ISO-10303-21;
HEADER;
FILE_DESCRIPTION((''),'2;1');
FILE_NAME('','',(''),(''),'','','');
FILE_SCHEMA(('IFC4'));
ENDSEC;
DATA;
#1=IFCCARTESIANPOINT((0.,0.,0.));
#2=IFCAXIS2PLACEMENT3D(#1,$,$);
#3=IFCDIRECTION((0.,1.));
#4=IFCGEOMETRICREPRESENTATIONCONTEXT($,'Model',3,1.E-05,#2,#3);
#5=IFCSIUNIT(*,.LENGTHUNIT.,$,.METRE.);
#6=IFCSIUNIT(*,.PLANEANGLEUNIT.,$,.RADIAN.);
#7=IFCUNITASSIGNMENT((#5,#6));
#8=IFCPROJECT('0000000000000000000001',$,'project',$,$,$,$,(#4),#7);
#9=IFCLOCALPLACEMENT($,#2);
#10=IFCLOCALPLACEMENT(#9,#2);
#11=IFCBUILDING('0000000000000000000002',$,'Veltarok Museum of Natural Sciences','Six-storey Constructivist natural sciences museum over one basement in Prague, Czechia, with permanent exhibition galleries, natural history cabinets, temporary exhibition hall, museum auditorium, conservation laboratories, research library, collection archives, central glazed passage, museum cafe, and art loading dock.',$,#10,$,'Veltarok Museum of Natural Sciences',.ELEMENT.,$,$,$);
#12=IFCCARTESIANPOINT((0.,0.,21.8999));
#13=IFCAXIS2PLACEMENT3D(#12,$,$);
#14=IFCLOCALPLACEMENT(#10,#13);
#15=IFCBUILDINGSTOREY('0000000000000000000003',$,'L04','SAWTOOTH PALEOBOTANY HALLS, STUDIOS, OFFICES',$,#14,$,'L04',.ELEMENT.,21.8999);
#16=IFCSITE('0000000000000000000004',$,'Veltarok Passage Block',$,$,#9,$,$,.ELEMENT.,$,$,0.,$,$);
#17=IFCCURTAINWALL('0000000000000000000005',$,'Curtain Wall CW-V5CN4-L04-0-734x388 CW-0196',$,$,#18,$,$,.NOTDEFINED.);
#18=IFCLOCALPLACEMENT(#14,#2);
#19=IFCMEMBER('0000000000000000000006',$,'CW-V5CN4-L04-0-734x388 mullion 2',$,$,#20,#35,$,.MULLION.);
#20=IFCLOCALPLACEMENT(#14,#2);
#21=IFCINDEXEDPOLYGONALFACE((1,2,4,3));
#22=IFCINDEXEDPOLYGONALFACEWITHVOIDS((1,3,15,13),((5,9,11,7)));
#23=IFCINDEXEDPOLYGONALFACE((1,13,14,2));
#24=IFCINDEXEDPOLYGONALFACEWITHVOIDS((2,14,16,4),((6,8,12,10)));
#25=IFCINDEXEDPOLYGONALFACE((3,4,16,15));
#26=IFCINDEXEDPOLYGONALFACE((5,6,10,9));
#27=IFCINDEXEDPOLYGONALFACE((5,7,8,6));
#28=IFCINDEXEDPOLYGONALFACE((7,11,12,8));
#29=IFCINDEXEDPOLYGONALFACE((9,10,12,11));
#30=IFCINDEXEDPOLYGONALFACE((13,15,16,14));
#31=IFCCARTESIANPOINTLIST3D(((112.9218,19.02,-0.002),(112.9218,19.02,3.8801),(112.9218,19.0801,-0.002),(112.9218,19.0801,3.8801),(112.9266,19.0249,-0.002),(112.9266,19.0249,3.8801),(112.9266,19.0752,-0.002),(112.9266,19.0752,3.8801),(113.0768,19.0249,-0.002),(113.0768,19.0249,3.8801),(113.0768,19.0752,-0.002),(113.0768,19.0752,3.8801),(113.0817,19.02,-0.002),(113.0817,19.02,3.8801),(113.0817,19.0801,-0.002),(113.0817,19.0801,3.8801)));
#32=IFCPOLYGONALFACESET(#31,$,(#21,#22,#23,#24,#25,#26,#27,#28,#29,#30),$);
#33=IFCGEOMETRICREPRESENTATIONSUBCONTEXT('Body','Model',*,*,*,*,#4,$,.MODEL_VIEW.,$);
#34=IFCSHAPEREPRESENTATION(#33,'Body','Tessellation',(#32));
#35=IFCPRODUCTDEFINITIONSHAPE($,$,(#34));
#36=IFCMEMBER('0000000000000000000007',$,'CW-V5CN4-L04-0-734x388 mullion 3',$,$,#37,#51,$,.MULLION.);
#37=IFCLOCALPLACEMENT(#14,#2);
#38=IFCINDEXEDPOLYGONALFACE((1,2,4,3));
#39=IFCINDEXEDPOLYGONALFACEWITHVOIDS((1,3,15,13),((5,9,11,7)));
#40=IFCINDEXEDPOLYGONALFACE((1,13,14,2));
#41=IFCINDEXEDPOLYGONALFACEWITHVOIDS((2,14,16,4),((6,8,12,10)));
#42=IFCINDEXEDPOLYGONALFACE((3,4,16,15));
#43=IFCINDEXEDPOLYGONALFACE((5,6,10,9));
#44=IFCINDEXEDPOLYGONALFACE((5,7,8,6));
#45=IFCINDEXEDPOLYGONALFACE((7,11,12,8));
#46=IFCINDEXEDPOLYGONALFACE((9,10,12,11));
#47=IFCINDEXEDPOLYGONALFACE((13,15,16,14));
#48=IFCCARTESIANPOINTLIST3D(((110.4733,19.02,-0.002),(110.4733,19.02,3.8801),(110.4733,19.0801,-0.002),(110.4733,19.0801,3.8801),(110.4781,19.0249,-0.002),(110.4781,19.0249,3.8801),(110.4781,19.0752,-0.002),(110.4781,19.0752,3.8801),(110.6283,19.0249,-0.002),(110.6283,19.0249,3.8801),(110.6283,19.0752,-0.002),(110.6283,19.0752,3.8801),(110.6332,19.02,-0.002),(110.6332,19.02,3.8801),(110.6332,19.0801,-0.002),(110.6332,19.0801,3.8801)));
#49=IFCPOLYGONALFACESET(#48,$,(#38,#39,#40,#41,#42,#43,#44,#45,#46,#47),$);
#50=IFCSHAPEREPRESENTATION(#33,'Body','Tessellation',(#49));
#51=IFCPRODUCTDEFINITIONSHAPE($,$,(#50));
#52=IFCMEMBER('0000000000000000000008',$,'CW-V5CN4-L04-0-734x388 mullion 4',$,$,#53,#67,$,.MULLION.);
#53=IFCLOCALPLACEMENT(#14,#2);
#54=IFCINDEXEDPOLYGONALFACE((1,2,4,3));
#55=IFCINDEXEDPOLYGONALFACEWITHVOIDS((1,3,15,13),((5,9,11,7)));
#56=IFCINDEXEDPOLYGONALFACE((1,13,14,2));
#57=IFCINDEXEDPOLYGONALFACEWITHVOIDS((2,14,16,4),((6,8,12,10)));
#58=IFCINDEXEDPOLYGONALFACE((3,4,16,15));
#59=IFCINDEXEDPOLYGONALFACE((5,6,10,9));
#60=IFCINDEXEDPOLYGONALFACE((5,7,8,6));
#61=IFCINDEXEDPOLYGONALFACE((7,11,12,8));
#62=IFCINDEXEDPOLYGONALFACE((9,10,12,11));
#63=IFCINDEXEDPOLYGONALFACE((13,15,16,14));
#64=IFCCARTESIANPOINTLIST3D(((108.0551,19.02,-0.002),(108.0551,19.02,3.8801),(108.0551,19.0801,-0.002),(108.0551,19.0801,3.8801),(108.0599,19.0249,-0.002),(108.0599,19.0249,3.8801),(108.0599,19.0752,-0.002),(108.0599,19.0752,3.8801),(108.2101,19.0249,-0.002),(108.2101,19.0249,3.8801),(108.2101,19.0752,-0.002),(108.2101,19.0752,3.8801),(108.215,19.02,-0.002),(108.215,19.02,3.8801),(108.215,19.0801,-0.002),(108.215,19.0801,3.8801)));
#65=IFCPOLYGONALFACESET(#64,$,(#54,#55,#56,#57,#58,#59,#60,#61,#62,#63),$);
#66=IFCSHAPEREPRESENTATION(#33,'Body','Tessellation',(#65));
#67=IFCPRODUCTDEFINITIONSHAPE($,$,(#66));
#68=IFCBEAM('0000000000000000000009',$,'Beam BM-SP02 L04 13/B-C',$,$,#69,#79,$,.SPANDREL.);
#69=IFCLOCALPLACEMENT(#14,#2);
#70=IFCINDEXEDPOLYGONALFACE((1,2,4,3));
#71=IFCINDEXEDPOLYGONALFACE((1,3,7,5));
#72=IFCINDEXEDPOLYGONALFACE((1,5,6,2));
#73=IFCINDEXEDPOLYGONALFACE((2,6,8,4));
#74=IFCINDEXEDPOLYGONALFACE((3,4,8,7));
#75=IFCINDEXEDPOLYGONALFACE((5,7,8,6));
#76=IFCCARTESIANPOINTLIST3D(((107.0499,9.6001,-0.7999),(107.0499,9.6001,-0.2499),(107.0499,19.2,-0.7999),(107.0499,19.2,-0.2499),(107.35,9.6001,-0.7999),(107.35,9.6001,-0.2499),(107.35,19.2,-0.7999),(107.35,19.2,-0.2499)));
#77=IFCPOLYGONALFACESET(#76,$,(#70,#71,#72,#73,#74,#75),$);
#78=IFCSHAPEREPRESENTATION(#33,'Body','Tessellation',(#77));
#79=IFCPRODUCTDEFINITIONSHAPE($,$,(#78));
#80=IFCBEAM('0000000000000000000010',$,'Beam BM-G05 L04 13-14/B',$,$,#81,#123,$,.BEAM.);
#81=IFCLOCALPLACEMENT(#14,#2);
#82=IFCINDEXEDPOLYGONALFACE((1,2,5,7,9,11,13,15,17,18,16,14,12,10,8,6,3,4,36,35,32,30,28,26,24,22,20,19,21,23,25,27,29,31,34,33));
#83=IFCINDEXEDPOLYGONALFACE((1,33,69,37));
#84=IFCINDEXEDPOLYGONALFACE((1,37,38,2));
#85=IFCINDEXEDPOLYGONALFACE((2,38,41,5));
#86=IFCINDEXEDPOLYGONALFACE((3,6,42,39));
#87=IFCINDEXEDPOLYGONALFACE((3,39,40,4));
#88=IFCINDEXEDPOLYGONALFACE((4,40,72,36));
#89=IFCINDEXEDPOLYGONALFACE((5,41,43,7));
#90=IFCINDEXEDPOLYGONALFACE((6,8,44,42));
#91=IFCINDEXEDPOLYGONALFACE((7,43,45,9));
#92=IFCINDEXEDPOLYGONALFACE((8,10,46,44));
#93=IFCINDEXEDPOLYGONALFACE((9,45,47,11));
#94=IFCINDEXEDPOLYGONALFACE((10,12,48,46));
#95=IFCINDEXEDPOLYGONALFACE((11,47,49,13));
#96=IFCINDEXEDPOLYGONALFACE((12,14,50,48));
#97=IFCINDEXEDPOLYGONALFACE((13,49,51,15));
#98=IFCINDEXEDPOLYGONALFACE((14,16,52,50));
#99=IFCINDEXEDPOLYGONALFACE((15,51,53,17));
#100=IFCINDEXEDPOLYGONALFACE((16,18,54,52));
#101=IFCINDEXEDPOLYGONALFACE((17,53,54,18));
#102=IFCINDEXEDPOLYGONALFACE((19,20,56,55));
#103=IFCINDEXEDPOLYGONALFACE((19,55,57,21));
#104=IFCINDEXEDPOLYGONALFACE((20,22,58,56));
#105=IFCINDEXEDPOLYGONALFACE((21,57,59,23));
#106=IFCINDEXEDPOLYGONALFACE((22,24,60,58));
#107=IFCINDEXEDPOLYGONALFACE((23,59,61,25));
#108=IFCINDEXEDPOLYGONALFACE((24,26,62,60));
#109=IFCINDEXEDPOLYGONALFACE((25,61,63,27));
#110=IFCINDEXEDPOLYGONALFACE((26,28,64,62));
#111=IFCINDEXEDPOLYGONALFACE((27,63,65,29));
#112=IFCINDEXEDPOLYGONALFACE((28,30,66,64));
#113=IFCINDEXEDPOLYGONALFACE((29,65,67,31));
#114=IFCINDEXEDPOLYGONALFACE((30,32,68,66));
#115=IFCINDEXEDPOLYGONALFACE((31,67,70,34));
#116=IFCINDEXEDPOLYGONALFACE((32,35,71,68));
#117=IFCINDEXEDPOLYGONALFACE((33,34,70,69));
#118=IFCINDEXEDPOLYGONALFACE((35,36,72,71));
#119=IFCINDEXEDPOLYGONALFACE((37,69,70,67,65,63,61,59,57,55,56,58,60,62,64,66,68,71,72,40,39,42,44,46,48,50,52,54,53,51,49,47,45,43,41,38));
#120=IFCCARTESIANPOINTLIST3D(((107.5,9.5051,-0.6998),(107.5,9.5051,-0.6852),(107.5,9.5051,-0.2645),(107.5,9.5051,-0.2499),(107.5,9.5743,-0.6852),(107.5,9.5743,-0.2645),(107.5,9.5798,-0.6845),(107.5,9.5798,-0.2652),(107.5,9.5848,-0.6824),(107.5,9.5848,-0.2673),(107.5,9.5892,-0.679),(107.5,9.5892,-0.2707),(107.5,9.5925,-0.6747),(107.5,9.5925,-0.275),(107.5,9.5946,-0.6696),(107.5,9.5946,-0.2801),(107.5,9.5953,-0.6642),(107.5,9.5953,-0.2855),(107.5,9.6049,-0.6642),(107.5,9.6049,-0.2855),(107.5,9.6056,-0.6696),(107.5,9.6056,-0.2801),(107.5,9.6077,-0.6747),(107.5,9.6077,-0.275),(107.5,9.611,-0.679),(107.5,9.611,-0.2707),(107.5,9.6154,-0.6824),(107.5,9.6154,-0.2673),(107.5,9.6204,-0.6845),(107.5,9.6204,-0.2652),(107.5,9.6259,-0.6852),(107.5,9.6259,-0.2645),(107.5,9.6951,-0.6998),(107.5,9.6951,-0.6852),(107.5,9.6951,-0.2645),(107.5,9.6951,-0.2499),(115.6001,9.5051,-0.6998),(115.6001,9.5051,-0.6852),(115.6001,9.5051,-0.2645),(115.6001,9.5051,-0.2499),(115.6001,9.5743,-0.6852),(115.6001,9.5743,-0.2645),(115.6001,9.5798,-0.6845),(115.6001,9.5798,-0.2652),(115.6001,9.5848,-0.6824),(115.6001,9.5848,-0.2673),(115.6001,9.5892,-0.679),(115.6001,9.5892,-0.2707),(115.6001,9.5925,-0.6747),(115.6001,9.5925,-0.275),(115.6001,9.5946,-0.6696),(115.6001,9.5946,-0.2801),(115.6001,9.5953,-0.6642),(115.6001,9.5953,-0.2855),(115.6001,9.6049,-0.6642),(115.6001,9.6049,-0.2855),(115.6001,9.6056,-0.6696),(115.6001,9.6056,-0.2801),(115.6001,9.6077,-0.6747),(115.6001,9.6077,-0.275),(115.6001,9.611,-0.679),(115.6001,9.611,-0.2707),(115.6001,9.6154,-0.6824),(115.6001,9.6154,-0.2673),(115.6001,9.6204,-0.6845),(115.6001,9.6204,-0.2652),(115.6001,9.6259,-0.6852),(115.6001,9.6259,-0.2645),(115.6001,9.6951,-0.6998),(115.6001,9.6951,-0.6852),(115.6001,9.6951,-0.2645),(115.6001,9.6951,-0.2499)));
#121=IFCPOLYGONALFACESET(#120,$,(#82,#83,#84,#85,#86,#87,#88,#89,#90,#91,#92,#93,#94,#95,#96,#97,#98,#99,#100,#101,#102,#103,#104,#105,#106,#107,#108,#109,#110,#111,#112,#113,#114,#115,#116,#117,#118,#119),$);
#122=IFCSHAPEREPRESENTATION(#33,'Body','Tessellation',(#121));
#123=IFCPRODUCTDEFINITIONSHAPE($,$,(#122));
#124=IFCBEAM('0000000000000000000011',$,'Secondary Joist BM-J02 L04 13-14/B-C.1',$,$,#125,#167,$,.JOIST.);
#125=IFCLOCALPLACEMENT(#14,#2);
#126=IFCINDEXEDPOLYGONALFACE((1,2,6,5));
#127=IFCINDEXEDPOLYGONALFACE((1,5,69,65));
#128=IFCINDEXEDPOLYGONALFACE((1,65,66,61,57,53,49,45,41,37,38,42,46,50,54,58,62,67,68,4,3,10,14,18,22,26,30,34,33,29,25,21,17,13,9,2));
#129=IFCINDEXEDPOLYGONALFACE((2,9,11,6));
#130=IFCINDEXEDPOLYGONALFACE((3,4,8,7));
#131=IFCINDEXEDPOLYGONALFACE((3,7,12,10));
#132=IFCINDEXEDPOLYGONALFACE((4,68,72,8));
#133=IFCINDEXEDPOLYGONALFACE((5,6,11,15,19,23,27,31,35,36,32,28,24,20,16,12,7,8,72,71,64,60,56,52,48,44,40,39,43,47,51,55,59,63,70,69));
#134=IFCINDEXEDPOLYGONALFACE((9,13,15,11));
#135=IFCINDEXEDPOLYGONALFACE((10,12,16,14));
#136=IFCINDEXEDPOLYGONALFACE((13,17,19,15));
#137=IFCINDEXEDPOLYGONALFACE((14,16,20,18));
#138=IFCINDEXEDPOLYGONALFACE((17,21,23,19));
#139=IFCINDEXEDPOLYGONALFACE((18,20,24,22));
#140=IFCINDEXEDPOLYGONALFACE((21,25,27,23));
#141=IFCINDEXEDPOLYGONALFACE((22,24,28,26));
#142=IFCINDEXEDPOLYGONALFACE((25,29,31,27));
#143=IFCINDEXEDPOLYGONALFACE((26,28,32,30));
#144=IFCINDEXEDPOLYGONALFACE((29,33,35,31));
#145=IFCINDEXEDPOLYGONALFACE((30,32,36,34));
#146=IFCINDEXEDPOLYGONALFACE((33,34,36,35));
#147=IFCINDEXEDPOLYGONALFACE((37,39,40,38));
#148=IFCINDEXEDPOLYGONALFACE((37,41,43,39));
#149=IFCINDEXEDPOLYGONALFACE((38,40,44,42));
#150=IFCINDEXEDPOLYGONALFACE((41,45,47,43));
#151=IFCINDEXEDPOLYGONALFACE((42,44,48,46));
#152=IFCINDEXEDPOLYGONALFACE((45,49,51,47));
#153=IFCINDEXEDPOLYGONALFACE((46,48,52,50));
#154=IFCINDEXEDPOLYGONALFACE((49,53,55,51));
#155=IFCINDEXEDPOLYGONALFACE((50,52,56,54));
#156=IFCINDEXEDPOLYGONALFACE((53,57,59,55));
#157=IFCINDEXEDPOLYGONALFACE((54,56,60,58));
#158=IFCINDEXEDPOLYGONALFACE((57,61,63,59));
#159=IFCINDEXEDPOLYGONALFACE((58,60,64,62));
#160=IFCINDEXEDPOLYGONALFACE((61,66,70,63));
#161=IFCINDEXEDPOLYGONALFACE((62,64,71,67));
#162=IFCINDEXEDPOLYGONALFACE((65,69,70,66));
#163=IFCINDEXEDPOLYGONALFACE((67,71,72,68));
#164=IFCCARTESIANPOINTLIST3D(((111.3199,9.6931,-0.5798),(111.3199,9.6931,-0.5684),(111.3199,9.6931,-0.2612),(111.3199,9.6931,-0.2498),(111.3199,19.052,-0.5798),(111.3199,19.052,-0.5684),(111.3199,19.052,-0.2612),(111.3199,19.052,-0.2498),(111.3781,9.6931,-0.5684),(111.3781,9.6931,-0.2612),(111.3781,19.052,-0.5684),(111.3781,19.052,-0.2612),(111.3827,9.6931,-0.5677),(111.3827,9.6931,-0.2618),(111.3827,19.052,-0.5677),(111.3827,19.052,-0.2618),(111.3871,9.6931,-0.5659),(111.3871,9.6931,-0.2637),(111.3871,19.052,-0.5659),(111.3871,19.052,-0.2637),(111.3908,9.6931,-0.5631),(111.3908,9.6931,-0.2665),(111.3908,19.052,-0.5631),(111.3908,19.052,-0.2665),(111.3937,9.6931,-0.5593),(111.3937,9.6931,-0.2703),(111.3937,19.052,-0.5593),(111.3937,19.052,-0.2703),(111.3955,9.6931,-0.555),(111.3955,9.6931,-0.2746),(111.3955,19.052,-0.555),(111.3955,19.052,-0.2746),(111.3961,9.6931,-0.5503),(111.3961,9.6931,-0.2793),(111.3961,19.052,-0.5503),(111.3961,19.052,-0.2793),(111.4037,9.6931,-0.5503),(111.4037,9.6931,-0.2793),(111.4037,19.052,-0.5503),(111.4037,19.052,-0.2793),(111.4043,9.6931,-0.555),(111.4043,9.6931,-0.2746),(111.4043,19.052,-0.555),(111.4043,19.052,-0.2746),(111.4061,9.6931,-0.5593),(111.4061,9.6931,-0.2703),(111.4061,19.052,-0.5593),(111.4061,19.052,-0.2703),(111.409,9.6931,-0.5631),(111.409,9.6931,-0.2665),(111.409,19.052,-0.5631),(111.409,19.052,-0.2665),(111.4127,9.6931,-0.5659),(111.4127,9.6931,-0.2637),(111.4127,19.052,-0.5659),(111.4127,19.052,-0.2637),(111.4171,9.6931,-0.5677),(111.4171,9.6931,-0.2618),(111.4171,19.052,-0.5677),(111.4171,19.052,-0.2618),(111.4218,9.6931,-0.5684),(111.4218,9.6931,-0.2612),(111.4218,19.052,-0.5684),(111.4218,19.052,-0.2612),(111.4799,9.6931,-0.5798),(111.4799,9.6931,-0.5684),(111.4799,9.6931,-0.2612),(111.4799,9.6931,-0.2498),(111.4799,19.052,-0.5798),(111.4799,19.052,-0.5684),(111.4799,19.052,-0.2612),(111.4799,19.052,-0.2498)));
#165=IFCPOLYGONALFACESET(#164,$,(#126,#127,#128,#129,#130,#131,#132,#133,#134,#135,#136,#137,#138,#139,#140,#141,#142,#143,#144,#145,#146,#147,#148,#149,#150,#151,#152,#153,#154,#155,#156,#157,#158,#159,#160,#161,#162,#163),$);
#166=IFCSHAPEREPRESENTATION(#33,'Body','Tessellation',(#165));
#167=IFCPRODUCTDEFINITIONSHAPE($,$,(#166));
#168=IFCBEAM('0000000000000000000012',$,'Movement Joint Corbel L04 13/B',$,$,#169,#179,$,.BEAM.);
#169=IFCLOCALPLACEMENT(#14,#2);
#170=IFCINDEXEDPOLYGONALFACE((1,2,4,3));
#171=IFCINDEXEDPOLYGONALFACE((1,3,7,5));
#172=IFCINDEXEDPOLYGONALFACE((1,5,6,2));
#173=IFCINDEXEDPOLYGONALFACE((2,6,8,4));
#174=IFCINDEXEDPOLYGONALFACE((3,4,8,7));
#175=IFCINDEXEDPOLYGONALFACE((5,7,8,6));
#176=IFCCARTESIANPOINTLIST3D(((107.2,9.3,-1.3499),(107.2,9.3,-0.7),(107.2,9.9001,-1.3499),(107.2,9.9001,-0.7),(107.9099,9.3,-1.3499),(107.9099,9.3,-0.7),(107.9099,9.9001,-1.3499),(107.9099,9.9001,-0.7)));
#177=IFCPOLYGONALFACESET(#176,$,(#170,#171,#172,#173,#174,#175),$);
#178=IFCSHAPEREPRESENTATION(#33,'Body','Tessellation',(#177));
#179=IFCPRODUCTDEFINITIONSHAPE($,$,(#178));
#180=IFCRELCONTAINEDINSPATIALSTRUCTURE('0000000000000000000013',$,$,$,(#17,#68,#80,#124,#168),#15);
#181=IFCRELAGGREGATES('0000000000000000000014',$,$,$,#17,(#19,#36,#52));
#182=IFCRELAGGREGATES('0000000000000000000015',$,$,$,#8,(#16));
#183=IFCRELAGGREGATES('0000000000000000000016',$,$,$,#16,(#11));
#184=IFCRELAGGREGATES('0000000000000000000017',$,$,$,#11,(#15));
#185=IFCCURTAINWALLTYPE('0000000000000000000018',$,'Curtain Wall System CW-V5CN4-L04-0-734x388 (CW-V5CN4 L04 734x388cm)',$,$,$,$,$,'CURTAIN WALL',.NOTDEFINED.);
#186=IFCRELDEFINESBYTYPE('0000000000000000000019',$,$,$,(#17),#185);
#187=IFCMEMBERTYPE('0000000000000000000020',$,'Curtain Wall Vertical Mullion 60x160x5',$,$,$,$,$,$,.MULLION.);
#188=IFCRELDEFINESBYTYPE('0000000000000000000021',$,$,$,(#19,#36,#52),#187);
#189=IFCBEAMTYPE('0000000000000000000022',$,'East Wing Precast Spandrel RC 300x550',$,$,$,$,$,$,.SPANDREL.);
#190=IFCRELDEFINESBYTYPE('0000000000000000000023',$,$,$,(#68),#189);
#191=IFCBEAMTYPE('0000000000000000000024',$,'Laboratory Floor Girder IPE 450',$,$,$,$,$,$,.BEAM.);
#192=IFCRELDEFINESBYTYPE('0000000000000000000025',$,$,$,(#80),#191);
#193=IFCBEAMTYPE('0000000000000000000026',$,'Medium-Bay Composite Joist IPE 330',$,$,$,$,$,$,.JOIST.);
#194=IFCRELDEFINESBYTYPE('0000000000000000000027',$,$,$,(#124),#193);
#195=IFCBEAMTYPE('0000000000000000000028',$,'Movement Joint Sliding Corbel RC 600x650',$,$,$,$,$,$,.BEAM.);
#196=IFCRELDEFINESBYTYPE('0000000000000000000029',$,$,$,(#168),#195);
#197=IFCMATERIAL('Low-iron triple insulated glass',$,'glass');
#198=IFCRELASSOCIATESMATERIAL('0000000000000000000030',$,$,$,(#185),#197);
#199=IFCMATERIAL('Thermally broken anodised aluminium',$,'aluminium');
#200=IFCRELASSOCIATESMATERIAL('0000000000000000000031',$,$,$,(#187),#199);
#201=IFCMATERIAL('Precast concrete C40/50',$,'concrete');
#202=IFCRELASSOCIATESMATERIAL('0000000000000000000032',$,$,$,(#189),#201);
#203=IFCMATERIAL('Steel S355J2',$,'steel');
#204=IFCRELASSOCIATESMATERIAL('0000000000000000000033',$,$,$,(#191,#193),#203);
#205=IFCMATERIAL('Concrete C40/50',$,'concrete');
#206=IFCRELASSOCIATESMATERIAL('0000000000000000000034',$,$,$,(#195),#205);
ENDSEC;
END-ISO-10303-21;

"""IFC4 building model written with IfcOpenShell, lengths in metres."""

from ifc_helpers import new_model, si_unit, direction, frame, origin, origin_2d, place, context, subcontext, project, spatial, rectangle, hollow_rectangle, i_section, extrude, material, material_profile, profile_set, type_object, element, aggregate, save


model = new_model("IFC4")

# Units and contexts
model_context = context("Model", 3, precision=1e-05, world=origin(), true_north=direction((0.0, 1.0)))
body_context = subcontext(model_context, "Body", "Model", "MODEL_VIEW")
ifc_project = project(units=[si_unit("LENGTHUNIT", "METRE"), si_unit("PLANEANGLEUNIT", "RADIAN")], contexts=[model_context])

# Site, building, storey
site_placement = place(None, origin())
site = spatial("IfcSite", under=ifc_project, at=site_placement, Name="Veltarok Passage Block", CompositionType="ELEMENT", RefElevation=0.0)
building_placement = place(site_placement, origin())
building = spatial("IfcBuilding", under=site, at=building_placement, Name="Veltarok Museum of Natural Sciences", Description="Six-storey Constructivist natural sciences museum over one basement in Prague, Czechia, with permanent exhibition galleries, natural history cabinets, temporary exhibition hall, museum auditorium, conservation laboratories, research library, collection archives, central glazed passage, museum cafe, and art loading dock.", LongName="Veltarok Museum of Natural Sciences", CompositionType="ELEMENT")
storey_placement = place(building_placement, frame((0.0, 0.0, 21.8999)))
storey = spatial("IfcBuildingStorey", under=building, at=storey_placement, Name="L04", Description="SAWTOOTH PALEOBOTANY HALLS, STUDIOS, OFFICES", LongName="L04", CompositionType="ELEMENT", Elevation=21.8999)

# Shared definitions
ifc_material_1 = material(Name="Concrete C40/50", Category="concrete")

# Curtain wall, members
ifc_material_2 = material(Name="Low-iron triple insulated glass", Category="glass")
curtain_wall_type = type_object("IfcCurtainWallType", Name="Curtain Wall System CW-V5CN4-L04-0-734x388 (CW-V5CN4 L04 734x388cm)", ElementType="CURTAIN WALL", PredefinedType="NOTDEFINED", material=ifc_material_2)
curtain_wall_placement = place(storey_placement, origin())
curtain_wall = element("IfcCurtainWall", 1, at=curtain_wall_placement, inside=storey, type_object=curtain_wall_type, Name="Curtain Wall CW-V5CN4-L04-0-734x388 CW-0196", PredefinedType="NOTDEFINED")
ifc_material_3 = material(Name="Thermally broken anodised aluminium", Category="aluminium")
ifc_material_profile_1 = material_profile(ifc_material_3, hollow_rectangle(XDim=0.0601, YDim=0.1599, WallThickness=0.0049, at=origin_2d()), Name="CW MULLION 60x160x5")
ifc_profile_set_1 = profile_set([ifc_material_profile_1], Name="Thermally broken anodised aluminium")
member_type_1 = type_object("IfcMemberType", Name="Curtain Wall Vertical Mullion 60x160x5", PredefinedType="MULLION", material=ifc_profile_set_1)
member_1_placement = place(storey_placement, frame((113.0017, 19.05, -0.002), z_axis=(0.0, 0.0, 1.0), x_axis=(0.0, -1.0, 0.0)))
member_1 = element("IfcMember", 2, at=member_1_placement, type_object=member_type_1, Name="CW-V5CN4-L04-0-734x388 mullion 2", PredefinedType="MULLION", context=body_context, shape_type="SweptSolid", body=[
    extrude(hollow_rectangle(XDim=0.0601, YDim=0.1599, WallThickness=0.0049, at=origin_2d()), origin(), (0.0, 0.0, 1.0), 3.8821),
])
member_2_placement = place(storey_placement, frame((110.5532, 19.05, -0.002), z_axis=(0.0, 0.0, 1.0), x_axis=(0.0, -1.0, 0.0)))
member_2 = element("IfcMember", 3, at=member_2_placement, type_object=member_type_1, Name="CW-V5CN4-L04-0-734x388 mullion 3", PredefinedType="MULLION", context=body_context, shape_type="SweptSolid", body=[
    extrude(hollow_rectangle(XDim=0.0601, YDim=0.1599, WallThickness=0.0049, at=origin_2d()), origin(), (0.0, 0.0, 1.0), 3.8821),
])
member_3_placement = place(storey_placement, frame((108.135, 19.05, -0.002), z_axis=(0.0, 0.0, 1.0), x_axis=(0.0, -1.0, 0.0)))
member_3 = element("IfcMember", 4, at=member_3_placement, type_object=member_type_1, Name="CW-V5CN4-L04-0-734x388 mullion 4", PredefinedType="MULLION", context=body_context, shape_type="SweptSolid", body=[
    extrude(hollow_rectangle(XDim=0.0601, YDim=0.1599, WallThickness=0.0049, at=origin_2d()), origin(), (0.0, 0.0, 1.0), 3.8821),
])

# Beams
ifc_material_4 = material(Name="Precast concrete C40/50", Category="concrete")
ifc_material_profile_2 = material_profile(ifc_material_4, rectangle(XDim=0.3, YDim=0.55, at=origin_2d()), Name="RC 300x550")
ifc_profile_set_2 = profile_set([ifc_material_profile_2], Name="Precast concrete C40/50")
beam_type_1 = type_object("IfcBeamType", Name="East Wing Precast Spandrel RC 300x550", PredefinedType="SPANDREL", material=ifc_profile_set_2)
beam_1_placement = place(storey_placement, frame((107.2, 9.6001, -0.5249), z_axis=(0.0, 1.0, 0.0), x_axis=(-1.0, 0.0, 0.0)))
element("IfcBeam", 5, at=beam_1_placement, inside=storey, type_object=beam_type_1, Name="Beam BM-SP02 L04 13/B-C", PredefinedType="SPANDREL", context=body_context, shape_type="SweptSolid", body=[
    extrude(rectangle(XDim=0.3, YDim=0.55, at=origin_2d()), origin(), (0.0, 0.0, 1.0), 9.5999),
])
ifc_material_5 = material(Name="Steel S355J2", Category="steel")
ifc_material_profile_3 = material_profile(ifc_material_5, i_section(OverallWidth=0.1899, OverallDepth=0.45, WebThickness=0.0095, FlangeThickness=0.0146, FilletRadius=0.021, at=origin_2d()), Name="IPE 450")
ifc_profile_set_3 = profile_set([ifc_material_profile_3], Name="Steel S355J2")
beam_type_2 = type_object("IfcBeamType", Name="Laboratory Floor Girder IPE 450", PredefinedType="BEAM", material=ifc_profile_set_3)
beam_2_placement = place(storey_placement, frame((107.5, 9.6001, -0.4749), z_axis=(1.0, 0.0, 0.0), x_axis=(0.0, 1.0, 0.0)))
element("IfcBeam", 6, at=beam_2_placement, inside=storey, type_object=beam_type_2, Name="Beam BM-G05 L04 13-14/B", PredefinedType="BEAM", context=body_context, shape_type="SweptSolid", body=[
    extrude(i_section(OverallWidth=0.1899, OverallDepth=0.45, WebThickness=0.0095, FlangeThickness=0.0146, FilletRadius=0.021, at=origin_2d()), origin(), (0.0, 0.0, 1.0), 8.1001),
])
ifc_material_profile_4 = material_profile(ifc_material_5, i_section(OverallWidth=0.1599, OverallDepth=0.3301, WebThickness=0.0076, FlangeThickness=0.0115, FilletRadius=0.0181, at=origin_2d()), Name="IPE 330")
ifc_profile_set_4 = profile_set([ifc_material_profile_4], Name="Steel S355J2")
beam_type_3 = type_object("IfcBeamType", Name="Medium-Bay Composite Joist IPE 330", PredefinedType="JOIST", material=ifc_profile_set_4)
beam_3_placement = place(storey_placement, frame((111.3999, 9.6931, -0.4148), z_axis=(0.0, 1.0, 0.0), x_axis=(-1.0, 0.0, 0.0)))
element("IfcBeam", 7, at=beam_3_placement, inside=storey, type_object=beam_type_3, Name="Secondary Joist BM-J02 L04 13-14/B-C.1", PredefinedType="JOIST", context=body_context, shape_type="SweptSolid", body=[
    extrude(i_section(OverallWidth=0.1599, OverallDepth=0.3301, WebThickness=0.0076, FlangeThickness=0.0115, FilletRadius=0.0181, at=origin_2d()), origin(), (0.0, 0.0, 1.0), 9.3589),
])
ifc_material_profile_5 = material_profile(ifc_material_1, rectangle(XDim=0.6001, YDim=0.6499, at=origin_2d()), Name="RC 600x650")
ifc_profile_set_5 = profile_set([ifc_material_profile_5], Name="Concrete C40/50")
beam_type_4 = type_object("IfcBeamType", Name="Movement Joint Sliding Corbel RC 600x650", PredefinedType="BEAM", material=ifc_profile_set_5)
beam_4_placement = place(storey_placement, frame((107.2, 9.6001, -1.0249), z_axis=(1.0, 0.0, 0.0), x_axis=(0.0, 1.0, 0.0)))
element("IfcBeam", 8, at=beam_4_placement, inside=storey, type_object=beam_type_4, Name="Movement Joint Corbel L04 13/B", PredefinedType="BEAM", context=body_context, shape_type="SweptSolid", body=[
    extrude(rectangle(XDim=0.6001, YDim=0.6499, at=origin_2d()), origin(), (0.0, 0.0, 1.0), 0.71),
])

aggregate(curtain_wall, [member_1, member_2, member_3])

save(model, "model.ifc")
